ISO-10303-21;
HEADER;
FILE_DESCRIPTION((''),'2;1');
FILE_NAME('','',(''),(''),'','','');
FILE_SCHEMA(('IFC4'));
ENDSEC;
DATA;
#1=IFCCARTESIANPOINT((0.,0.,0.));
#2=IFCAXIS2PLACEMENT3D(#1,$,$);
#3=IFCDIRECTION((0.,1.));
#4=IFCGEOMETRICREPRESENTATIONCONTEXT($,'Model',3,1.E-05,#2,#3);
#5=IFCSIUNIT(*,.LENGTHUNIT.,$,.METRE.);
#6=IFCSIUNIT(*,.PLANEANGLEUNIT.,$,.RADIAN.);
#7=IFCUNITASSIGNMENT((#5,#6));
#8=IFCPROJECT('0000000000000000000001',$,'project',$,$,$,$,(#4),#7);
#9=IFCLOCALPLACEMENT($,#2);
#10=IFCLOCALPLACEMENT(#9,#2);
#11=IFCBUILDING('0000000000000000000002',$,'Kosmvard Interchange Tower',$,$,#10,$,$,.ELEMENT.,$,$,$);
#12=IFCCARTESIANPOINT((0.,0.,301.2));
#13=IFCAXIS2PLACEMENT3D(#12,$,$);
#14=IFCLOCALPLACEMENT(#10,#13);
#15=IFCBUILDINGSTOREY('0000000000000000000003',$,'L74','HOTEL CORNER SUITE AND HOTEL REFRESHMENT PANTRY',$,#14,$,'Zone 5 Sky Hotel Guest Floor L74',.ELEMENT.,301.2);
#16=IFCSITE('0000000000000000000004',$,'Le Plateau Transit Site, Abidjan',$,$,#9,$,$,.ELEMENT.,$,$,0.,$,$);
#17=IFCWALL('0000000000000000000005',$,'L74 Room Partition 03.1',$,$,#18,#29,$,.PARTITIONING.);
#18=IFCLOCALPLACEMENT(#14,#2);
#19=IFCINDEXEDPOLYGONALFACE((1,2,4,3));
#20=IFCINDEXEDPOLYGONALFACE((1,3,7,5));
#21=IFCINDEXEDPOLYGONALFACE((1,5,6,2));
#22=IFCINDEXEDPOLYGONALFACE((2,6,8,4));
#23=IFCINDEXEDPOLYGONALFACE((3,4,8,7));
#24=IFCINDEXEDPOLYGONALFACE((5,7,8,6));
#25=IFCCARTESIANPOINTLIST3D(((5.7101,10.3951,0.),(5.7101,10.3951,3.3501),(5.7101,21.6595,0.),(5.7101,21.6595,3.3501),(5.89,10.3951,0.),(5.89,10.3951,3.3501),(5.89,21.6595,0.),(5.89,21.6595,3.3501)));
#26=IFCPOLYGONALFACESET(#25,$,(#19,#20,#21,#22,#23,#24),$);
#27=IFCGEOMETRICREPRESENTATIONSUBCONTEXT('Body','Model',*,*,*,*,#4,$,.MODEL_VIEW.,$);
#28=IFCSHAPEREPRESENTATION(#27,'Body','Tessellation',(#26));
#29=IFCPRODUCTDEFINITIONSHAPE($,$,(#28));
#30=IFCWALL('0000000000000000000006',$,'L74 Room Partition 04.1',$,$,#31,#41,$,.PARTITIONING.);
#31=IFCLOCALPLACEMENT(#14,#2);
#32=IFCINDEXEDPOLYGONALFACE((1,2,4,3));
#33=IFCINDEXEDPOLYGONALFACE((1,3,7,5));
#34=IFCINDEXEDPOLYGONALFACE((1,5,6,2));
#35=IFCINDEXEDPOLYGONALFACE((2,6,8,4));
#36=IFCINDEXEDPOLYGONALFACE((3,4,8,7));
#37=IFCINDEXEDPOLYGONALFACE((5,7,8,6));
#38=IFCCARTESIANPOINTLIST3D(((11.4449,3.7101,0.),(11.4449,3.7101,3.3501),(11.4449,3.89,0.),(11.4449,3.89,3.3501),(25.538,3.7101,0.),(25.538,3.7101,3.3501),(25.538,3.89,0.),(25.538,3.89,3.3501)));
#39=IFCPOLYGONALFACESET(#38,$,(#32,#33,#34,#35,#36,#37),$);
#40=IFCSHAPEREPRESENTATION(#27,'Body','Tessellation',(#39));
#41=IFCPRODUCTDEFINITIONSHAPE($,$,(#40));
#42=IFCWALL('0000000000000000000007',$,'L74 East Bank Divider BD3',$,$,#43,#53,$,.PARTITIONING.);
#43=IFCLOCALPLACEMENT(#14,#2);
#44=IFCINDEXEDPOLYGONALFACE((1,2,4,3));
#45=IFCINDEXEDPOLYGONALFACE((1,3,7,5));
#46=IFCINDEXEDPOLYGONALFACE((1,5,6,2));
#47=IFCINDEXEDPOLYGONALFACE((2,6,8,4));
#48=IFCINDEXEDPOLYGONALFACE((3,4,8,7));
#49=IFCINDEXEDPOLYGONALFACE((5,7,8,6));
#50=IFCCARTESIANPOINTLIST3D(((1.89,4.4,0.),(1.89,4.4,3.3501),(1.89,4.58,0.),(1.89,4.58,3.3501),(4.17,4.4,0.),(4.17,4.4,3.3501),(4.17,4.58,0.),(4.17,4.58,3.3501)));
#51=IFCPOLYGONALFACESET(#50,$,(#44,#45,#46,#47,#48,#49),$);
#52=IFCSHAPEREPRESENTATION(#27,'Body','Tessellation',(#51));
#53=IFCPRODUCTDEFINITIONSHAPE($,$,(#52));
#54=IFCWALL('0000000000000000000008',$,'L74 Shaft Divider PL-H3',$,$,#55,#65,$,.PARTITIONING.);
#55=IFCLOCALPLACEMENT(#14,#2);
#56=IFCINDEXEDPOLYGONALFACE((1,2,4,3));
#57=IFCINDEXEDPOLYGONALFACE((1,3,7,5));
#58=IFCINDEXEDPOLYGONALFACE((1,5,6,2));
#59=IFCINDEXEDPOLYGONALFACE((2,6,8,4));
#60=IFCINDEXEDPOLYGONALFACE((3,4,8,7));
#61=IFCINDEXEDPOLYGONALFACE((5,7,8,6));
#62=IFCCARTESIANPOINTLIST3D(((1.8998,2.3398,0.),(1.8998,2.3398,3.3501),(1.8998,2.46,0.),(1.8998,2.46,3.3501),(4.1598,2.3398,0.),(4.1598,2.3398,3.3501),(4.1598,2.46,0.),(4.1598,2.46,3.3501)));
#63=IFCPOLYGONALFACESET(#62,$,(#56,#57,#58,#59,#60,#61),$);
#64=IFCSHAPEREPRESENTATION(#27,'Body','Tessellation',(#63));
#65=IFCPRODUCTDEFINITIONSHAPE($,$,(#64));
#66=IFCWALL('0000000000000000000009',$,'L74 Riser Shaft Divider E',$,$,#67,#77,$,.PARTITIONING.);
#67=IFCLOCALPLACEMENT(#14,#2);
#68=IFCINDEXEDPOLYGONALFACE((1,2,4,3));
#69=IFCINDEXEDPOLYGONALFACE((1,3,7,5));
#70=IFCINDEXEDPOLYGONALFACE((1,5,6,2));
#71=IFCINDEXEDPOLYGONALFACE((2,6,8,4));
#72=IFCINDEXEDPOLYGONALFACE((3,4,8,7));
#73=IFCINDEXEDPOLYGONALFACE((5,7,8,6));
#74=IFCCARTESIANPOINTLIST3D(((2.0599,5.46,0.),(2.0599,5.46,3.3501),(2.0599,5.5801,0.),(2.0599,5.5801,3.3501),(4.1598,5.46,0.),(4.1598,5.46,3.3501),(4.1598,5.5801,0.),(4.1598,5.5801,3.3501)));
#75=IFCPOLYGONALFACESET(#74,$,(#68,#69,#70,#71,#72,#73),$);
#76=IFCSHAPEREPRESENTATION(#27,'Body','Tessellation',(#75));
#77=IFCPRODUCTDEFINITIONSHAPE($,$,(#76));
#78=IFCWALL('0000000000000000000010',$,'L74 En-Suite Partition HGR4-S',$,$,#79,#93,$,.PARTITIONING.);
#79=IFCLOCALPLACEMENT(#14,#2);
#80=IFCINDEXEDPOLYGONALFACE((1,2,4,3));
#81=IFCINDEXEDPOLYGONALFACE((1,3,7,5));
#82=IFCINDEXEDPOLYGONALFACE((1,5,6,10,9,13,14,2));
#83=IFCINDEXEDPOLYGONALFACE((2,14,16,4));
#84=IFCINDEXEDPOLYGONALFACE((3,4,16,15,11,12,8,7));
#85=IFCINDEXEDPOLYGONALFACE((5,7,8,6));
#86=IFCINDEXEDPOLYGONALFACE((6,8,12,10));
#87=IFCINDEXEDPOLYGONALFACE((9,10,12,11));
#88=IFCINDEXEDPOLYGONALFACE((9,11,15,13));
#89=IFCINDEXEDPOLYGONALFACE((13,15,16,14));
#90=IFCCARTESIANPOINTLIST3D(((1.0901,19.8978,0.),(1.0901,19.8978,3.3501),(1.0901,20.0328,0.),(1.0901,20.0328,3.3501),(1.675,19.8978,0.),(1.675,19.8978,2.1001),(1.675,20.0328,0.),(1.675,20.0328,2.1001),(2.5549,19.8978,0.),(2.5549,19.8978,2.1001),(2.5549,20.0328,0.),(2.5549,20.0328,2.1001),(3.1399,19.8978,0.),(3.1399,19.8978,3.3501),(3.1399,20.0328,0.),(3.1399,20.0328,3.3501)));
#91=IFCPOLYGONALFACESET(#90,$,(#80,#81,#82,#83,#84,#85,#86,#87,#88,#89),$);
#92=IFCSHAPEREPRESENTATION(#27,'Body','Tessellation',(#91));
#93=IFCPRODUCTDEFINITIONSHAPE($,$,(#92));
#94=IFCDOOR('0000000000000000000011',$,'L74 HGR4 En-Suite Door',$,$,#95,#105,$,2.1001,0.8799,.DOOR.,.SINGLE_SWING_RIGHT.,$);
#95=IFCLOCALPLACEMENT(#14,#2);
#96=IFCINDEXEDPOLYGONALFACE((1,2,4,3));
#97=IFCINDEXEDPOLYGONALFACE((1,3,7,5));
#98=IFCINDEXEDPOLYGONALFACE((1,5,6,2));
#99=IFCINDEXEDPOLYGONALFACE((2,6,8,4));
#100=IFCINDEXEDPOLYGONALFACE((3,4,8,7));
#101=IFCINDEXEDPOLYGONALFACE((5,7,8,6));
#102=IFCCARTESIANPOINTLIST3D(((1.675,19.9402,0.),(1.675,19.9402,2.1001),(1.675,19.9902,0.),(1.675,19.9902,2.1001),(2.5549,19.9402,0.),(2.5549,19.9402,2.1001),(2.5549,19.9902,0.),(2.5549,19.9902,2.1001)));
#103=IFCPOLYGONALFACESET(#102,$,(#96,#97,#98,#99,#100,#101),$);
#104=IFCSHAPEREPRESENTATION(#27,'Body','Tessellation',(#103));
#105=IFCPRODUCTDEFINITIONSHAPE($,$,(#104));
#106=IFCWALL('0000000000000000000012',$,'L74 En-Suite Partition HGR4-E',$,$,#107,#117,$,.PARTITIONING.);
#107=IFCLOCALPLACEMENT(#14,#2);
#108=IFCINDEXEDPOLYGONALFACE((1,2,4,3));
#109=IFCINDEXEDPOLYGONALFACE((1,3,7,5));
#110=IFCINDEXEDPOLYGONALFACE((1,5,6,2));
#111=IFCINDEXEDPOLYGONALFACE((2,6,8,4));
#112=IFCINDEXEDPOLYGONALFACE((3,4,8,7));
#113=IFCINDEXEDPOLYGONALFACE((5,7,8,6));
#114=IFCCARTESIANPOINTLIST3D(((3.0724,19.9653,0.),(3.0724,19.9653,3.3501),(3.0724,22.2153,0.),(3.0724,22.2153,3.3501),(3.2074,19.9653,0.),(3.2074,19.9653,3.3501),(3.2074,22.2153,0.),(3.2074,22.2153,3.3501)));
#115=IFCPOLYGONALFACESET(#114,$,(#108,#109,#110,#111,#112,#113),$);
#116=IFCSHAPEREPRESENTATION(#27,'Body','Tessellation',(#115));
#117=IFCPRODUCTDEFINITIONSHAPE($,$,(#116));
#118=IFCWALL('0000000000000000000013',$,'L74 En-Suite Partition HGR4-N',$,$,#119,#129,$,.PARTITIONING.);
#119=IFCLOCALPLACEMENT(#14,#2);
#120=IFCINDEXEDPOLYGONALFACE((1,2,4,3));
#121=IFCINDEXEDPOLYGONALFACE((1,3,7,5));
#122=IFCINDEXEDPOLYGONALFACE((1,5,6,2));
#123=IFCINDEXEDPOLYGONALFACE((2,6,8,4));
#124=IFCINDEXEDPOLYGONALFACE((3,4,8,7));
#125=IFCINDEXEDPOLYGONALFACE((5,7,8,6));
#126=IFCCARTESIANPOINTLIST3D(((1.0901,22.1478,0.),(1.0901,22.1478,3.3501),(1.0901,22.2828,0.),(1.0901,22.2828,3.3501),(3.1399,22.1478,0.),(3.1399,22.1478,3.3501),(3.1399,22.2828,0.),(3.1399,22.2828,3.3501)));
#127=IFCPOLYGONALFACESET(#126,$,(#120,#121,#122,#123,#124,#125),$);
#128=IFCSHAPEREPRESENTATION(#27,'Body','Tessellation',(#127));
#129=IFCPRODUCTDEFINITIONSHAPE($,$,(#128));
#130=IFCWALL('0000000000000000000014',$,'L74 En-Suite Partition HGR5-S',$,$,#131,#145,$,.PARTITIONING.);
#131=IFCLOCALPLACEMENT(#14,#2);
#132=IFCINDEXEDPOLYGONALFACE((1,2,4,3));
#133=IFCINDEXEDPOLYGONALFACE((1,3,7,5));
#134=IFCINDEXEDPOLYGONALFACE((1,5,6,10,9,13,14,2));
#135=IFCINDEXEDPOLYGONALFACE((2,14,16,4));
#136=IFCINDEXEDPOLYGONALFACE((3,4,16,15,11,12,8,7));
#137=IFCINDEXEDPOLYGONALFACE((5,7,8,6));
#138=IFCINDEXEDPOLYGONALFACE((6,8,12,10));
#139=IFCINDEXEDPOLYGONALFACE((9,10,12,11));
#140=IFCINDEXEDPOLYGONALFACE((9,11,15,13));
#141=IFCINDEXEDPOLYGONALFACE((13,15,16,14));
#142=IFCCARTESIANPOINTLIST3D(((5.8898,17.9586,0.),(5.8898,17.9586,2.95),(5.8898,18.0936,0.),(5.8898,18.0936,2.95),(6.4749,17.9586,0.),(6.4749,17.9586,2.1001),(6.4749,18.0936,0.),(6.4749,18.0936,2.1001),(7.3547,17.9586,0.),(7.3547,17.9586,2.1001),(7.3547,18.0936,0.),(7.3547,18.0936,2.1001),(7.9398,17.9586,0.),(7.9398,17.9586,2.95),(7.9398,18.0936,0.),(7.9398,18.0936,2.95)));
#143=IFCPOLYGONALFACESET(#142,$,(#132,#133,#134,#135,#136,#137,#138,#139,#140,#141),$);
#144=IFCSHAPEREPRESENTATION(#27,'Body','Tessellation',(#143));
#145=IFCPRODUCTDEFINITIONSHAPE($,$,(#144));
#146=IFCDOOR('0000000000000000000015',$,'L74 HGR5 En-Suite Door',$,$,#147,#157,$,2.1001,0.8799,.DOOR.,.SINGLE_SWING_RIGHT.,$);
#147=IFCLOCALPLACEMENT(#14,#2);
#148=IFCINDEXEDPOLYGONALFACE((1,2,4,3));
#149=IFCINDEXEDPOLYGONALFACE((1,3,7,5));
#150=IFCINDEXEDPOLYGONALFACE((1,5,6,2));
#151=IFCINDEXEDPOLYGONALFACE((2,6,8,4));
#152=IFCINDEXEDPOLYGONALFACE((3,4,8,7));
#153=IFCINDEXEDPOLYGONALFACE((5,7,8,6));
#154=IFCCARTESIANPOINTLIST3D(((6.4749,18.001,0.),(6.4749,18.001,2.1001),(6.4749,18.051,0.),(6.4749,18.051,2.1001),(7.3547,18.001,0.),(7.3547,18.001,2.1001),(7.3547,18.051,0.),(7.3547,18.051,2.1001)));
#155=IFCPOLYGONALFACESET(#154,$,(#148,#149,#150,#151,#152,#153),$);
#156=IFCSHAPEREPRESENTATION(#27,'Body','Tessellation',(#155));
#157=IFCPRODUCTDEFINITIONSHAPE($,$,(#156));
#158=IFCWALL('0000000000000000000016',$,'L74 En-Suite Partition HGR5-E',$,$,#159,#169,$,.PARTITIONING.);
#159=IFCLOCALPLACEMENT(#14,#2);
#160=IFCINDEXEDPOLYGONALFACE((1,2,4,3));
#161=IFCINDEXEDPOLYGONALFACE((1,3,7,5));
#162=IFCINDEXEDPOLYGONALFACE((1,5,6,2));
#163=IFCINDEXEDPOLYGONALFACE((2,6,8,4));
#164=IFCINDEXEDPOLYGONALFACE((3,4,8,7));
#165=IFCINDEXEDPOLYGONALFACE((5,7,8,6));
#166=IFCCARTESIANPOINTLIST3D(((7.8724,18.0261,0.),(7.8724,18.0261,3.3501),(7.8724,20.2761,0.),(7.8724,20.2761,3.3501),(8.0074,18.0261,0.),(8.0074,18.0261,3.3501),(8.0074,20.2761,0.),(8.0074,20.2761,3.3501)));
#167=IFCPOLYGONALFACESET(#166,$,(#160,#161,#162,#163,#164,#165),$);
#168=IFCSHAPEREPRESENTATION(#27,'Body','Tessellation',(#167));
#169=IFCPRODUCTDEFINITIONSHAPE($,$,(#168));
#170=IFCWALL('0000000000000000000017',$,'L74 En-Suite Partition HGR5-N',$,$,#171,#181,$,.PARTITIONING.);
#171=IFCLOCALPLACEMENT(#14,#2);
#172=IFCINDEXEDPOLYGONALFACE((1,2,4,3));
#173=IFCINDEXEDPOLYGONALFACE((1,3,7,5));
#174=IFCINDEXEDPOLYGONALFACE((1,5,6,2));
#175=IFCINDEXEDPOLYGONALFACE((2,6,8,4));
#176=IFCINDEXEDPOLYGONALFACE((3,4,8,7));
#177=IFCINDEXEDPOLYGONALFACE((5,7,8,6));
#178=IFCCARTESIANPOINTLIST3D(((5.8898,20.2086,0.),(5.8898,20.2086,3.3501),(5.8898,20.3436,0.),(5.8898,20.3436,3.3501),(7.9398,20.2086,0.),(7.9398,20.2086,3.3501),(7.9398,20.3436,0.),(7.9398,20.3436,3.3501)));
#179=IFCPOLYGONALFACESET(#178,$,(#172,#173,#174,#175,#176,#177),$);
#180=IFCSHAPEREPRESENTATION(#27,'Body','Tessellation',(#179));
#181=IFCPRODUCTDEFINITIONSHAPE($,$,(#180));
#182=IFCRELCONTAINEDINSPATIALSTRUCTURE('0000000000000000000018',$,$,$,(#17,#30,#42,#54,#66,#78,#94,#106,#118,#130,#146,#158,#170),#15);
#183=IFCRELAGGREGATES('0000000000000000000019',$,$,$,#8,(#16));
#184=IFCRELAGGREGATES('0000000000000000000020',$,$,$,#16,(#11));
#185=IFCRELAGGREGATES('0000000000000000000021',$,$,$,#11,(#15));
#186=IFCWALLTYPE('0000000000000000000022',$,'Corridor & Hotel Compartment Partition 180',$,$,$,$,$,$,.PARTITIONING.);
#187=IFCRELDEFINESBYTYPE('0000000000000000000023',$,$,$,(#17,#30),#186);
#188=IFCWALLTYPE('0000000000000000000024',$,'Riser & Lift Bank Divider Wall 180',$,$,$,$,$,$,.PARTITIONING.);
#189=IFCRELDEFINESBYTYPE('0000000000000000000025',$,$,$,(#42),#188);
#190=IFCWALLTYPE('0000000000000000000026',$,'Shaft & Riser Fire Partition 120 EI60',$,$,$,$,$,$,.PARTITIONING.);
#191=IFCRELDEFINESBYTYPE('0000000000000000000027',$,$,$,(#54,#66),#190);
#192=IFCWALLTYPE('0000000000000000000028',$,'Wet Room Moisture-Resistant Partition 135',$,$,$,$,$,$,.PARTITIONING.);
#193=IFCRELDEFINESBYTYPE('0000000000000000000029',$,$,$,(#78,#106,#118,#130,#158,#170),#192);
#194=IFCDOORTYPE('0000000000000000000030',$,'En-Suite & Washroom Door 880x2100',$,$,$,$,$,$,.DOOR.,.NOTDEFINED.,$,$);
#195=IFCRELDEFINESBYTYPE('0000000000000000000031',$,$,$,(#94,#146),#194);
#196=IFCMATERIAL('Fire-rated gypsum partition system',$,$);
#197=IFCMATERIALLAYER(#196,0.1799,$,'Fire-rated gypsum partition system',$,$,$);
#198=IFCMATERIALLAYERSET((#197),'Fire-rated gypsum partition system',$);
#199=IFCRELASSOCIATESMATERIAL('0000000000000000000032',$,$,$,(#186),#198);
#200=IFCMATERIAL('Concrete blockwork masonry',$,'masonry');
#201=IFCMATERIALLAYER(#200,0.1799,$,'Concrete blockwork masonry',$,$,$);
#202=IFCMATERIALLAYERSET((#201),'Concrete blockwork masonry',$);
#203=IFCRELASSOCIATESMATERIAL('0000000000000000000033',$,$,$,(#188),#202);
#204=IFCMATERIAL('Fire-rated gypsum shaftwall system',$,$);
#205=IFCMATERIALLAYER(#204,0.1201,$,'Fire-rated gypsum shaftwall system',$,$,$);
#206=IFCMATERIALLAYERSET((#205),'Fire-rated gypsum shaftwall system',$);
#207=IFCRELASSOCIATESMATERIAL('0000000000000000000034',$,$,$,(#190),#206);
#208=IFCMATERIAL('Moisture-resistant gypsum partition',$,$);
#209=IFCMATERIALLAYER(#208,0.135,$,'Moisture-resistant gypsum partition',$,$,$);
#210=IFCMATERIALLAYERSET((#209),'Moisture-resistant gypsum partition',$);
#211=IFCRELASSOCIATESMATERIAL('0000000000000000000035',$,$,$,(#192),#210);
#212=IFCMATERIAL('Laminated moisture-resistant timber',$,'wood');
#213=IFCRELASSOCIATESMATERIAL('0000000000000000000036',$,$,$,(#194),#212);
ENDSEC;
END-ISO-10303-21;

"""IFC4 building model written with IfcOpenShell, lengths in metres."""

from ifc_helpers import new_model, si_unit, direction, frame, frame_2d, origin, place, context, subcontext, project, spatial, rectangle, extrude, source, transform, mapped, material, layer, layer_set, type_object, element, fill, save


model = new_model("IFC4")

# Units and contexts
model_context = context("Model", 3, precision=1e-05, world=origin(), true_north=direction((0.0, 1.0)))
body_context = subcontext(model_context, "Body", "Model", "MODEL_VIEW")
ifc_project = project(units=[si_unit("LENGTHUNIT", "METRE"), si_unit("PLANEANGLEUNIT", "RADIAN")], contexts=[model_context])

# Site, building, storey
site_placement = place(None, origin())
site = spatial("IfcSite", under=ifc_project, at=site_placement, Name="Le Plateau Transit Site, Abidjan", CompositionType="ELEMENT", RefElevation=0.0)
building_placement = place(site_placement, origin())
building = spatial("IfcBuilding", under=site, at=building_placement, Name="Kosmvard Interchange Tower", CompositionType="ELEMENT")
storey_placement = place(building_placement, frame((0.0, 0.0, 301.2)))
storey = spatial("IfcBuildingStorey", under=building, at=storey_placement, Name="L74", Description="HOTEL CORNER SUITE AND HOTEL REFRESHMENT PANTRY", LongName="Zone 5 Sky Hotel Guest Floor L74", CompositionType="ELEMENT", Elevation=301.2)

# Walls
ifc_material_1 = material(Name="Fire-rated gypsum partition system")
ifc_layer_1 = layer(ifc_material_1, 0.1799, Name="Fire-rated gypsum partition system")
ifc_layer_set_1 = layer_set([ifc_layer_1], Name="Fire-rated gypsum partition system")
wall_type_1 = type_object("IfcWallType", Name="Corridor & Hotel Compartment Partition 180", PredefinedType="PARTITIONING", material=ifc_layer_set_1)
wall_1_placement = place(storey_placement, frame((5.8, 10.395, 0.0), z_axis=(0.0, 0.0, 1.0), x_axis=(0.0, 1.0, 0.0)))
element("IfcWall", 1, at=wall_1_placement, inside=storey, type_object=wall_type_1, Name="L74 Room Partition 03.1", PredefinedType="PARTITIONING", context=body_context, shape_type="SweptSolid", body=[
    extrude(rectangle(XDim=11.2644, YDim=0.1799, at=frame_2d((5.6323, 0.0))), origin(), (0.0, 0.0, 1.0), 3.3501),
])
wall_2_placement = place(storey_placement, frame((11.4451, 3.8, 0.0), z_axis=(0.0, 0.0, 1.0), x_axis=(1.0, 0.0, 0.0)))
element("IfcWall", 2, at=wall_2_placement, inside=storey, type_object=wall_type_1, Name="L74 Room Partition 04.1", PredefinedType="PARTITIONING", context=body_context, shape_type="SweptSolid", body=[
    extrude(rectangle(XDim=14.093, YDim=0.1799, at=frame_2d((7.0464, 0.0))), origin(), (0.0, 0.0, 1.0), 3.3501),
])
ifc_material_2 = material(Name="Concrete blockwork masonry", Category="masonry")
ifc_layer_2 = layer(ifc_material_2, 0.1799, Name="Concrete blockwork masonry")
ifc_layer_set_2 = layer_set([ifc_layer_2], Name="Concrete blockwork masonry")
wall_type_2 = type_object("IfcWallType", Name="Riser & Lift Bank Divider Wall 180", PredefinedType="PARTITIONING", material=ifc_layer_set_2)
wall_3_placement = place(storey_placement, frame((1.8899, 4.49, 0.0), z_axis=(0.0, 0.0, 1.0), x_axis=(1.0, 0.0, 0.0)))
element("IfcWall", 3, at=wall_3_placement, inside=storey, type_object=wall_type_2, Name="L74 East Bank Divider BD3", PredefinedType="PARTITIONING", context=body_context, shape_type="SweptSolid", body=[
    extrude(rectangle(XDim=2.28, YDim=0.1799, at=frame_2d((1.1401, 0.0))), origin(), (0.0, 0.0, 1.0), 3.3501),
])
ifc_material_3 = material(Name="Fire-rated gypsum shaftwall system")
ifc_layer_3 = layer(ifc_material_3, 0.1201, Name="Fire-rated gypsum shaftwall system")
ifc_layer_set_3 = layer_set([ifc_layer_3], Name="Fire-rated gypsum shaftwall system")
wall_type_3 = type_object("IfcWallType", Name="Shaft & Riser Fire Partition 120 EI60", PredefinedType="PARTITIONING", material=ifc_layer_set_3)
wall_4_placement = place(storey_placement, frame((1.8999, 2.3999, 0.0), z_axis=(0.0, 0.0, 1.0), x_axis=(1.0, 0.0, 0.0)))
element("IfcWall", 4, at=wall_4_placement, inside=storey, type_object=wall_type_3, Name="L74 Shaft Divider PL-H3", PredefinedType="PARTITIONING", context=body_context, shape_type="SweptSolid", body=[
    extrude(rectangle(XDim=2.26, YDim=0.1201, at=frame_2d((1.1299, 0.0))), origin(), (0.0, 0.0, 1.0), 3.3501),
])
wall_5_placement = place(storey_placement, frame((2.0601, 5.52, 0.0), z_axis=(0.0, 0.0, 1.0), x_axis=(1.0, 0.0, 0.0)))
element("IfcWall", 5, at=wall_5_placement, inside=storey, type_object=wall_type_3, Name="L74 Riser Shaft Divider E", PredefinedType="PARTITIONING", context=body_context, shape_type="SweptSolid", body=[
    extrude(rectangle(XDim=2.0999, YDim=0.1201, at=frame_2d((1.0498, 0.0))), origin(), (0.0, 0.0, 1.0), 3.3501),
])

# Wall, opening, door
ifc_material_4 = material(Name="Moisture-resistant gypsum partition")
ifc_layer_4 = layer(ifc_material_4, 0.135, Name="Moisture-resistant gypsum partition")
ifc_layer_set_4 = layer_set([ifc_layer_4], Name="Moisture-resistant gypsum partition")
wall_type_4 = type_object("IfcWallType", Name="Wet Room Moisture-Resistant Partition 135", PredefinedType="PARTITIONING", material=ifc_layer_set_4)
wall_6_placement = place(storey_placement, frame((1.0901, 19.9653, 0.0), z_axis=(0.0, 0.0, 1.0), x_axis=(1.0, 0.0, 0.0)))
wall_6 = element("IfcWall", 6, at=wall_6_placement, inside=storey, type_object=wall_type_4, Name="L74 En-Suite Partition HGR4-S", PredefinedType="PARTITIONING", context=body_context, shape_type="SweptSolid", body=[
    extrude(rectangle(XDim=2.0498, YDim=0.135, at=frame_2d((1.0249, 0.0))), origin(), (0.0, 0.0, 1.0), 3.3501),
])
opening_1_placement = place(wall_6_placement, frame((0.585, 0.0, 0.0)))
opening_1 = element("IfcOpeningElement", 7, at=opening_1_placement, cuts=wall_6, PredefinedType="OPENING", context=body_context, shape_type="SweptSolid", body=[
    extrude(rectangle(XDim=0.8799, YDim=2.1001, at=frame_2d((0.4399, 1.05))), frame((0.0, 0.0776, 0.0), z_axis=(0.0, -1.0, 0.0), x_axis=(1.0, 0.0, 0.0)), (0.0, 0.0, 1.0), 0.155),
])
ifc_material_5 = material(Name="Laminated moisture-resistant timber", Category="wood")
door_type = type_object("IfcDoorType", Name="En-Suite & Washroom Door 880x2100", OperationType="NOTDEFINED", PredefinedType="DOOR", material=ifc_material_5)
shared_shape_1 = source(origin(), body_context, "Body", "SweptSolid", [
    extrude(rectangle(XDim=0.8799, YDim=2.1001, at=frame_2d((0.4399, 1.05))), frame((0.0, 0.0249, 0.0), z_axis=(0.0, -1.0, 0.0), x_axis=(1.0, 0.0, 0.0)), (0.0, 0.0, 1.0), 0.05),
])
door_1_placement = place(opening_1_placement, origin())
door_1 = element("IfcDoor", 8, at=door_1_placement, inside=storey, type_object=door_type, Name="L74 HGR4 En-Suite Door", OperationType="SINGLE_SWING_RIGHT", OverallHeight=2.1001, OverallWidth=0.8799, PredefinedType="DOOR", context=body_context, shape_type="MappedRepresentation", body=[
    mapped(shared_shape_1, transform((0.0, 0.0, 0.0), scale=1.0)),
])
fill(opening_1, door_1)

# Walls
wall_7_placement = place(storey_placement, frame((3.1399, 19.9653, 0.0), z_axis=(0.0, 0.0, 1.0), x_axis=(0.0, 1.0, 0.0)))
element("IfcWall", 9, at=wall_7_placement, inside=storey, type_object=wall_type_4, Name="L74 En-Suite Partition HGR4-E", PredefinedType="PARTITIONING", context=body_context, shape_type="SweptSolid", body=[
    extrude(rectangle(XDim=2.25, YDim=0.135, at=frame_2d((1.125, 0.0))), origin(), (0.0, 0.0, 1.0), 3.3501),
])
wall_8_placement = place(storey_placement, frame((1.0901, 22.2153, 0.0), z_axis=(0.0, 0.0, 1.0), x_axis=(1.0, 0.0, 0.0)))
element("IfcWall", 10, at=wall_8_placement, inside=storey, type_object=wall_type_4, Name="L74 En-Suite Partition HGR4-N", PredefinedType="PARTITIONING", context=body_context, shape_type="SweptSolid", body=[
    extrude(rectangle(XDim=2.0498, YDim=0.135, at=frame_2d((1.0249, 0.0))), origin(), (0.0, 0.0, 1.0), 3.3501),
])

# Wall, opening, door
wall_9_placement = place(storey_placement, frame((5.8899, 18.0261, 0.0), z_axis=(0.0, 0.0, 1.0), x_axis=(1.0, 0.0, 0.0)))
wall_9 = element("IfcWall", 11, at=wall_9_placement, inside=storey, type_object=wall_type_4, Name="L74 En-Suite Partition HGR5-S", PredefinedType="PARTITIONING", context=body_context, shape_type="SweptSolid", body=[
    extrude(rectangle(XDim=2.05, YDim=0.135, at=frame_2d((1.0249, 0.0))), origin(), (0.0, 0.0, 1.0), 2.95),
])
opening_2_placement = place(wall_9_placement, frame((0.585, 0.0, 0.0)))
opening_2 = element("IfcOpeningElement", 12, at=opening_2_placement, cuts=wall_9, PredefinedType="OPENING", context=body_context, shape_type="SweptSolid", body=[
    extrude(rectangle(XDim=0.8799, YDim=2.1001, at=frame_2d((0.4399, 1.05))), frame((0.0, 0.0776, 0.0), z_axis=(0.0, -1.0, 0.0), x_axis=(1.0, 0.0, 0.0)), (0.0, 0.0, 1.0), 0.155),
])
door_2_placement = place(opening_2_placement, origin())
door_2 = element("IfcDoor", 13, at=door_2_placement, inside=storey, type_object=door_type, Name="L74 HGR5 En-Suite Door", OperationType="SINGLE_SWING_RIGHT", OverallHeight=2.1001, OverallWidth=0.8799, PredefinedType="DOOR", context=body_context, shape_type="MappedRepresentation", body=[
    mapped(shared_shape_1, transform((0.0, 0.0, 0.0), scale=1.0)),
])
fill(opening_2, door_2)

# Walls
wall_10_placement = place(storey_placement, frame((7.9399, 18.0261, 0.0), z_axis=(0.0, 0.0, 1.0), x_axis=(0.0, 1.0, 0.0)))
element("IfcWall", 14, at=wall_10_placement, inside=storey, type_object=wall_type_4, Name="L74 En-Suite Partition HGR5-E", PredefinedType="PARTITIONING", context=body_context, shape_type="SweptSolid", body=[
    extrude(rectangle(XDim=2.25, YDim=0.135, at=frame_2d((1.125, 0.0))), origin(), (0.0, 0.0, 1.0), 3.3501),
])
wall_11_placement = place(storey_placement, frame((5.8899, 20.2761, 0.0), z_axis=(0.0, 0.0, 1.0), x_axis=(1.0, 0.0, 0.0)))
element("IfcWall", 15, at=wall_11_placement, inside=storey, type_object=wall_type_4, Name="L74 En-Suite Partition HGR5-N", PredefinedType="PARTITIONING", context=body_context, shape_type="SweptSolid", body=[
    extrude(rectangle(XDim=2.05, YDim=0.135, at=frame_2d((1.0249, 0.0))), origin(), (0.0, 0.0, 1.0), 3.3501),
])

save(model, "model.ifc")
